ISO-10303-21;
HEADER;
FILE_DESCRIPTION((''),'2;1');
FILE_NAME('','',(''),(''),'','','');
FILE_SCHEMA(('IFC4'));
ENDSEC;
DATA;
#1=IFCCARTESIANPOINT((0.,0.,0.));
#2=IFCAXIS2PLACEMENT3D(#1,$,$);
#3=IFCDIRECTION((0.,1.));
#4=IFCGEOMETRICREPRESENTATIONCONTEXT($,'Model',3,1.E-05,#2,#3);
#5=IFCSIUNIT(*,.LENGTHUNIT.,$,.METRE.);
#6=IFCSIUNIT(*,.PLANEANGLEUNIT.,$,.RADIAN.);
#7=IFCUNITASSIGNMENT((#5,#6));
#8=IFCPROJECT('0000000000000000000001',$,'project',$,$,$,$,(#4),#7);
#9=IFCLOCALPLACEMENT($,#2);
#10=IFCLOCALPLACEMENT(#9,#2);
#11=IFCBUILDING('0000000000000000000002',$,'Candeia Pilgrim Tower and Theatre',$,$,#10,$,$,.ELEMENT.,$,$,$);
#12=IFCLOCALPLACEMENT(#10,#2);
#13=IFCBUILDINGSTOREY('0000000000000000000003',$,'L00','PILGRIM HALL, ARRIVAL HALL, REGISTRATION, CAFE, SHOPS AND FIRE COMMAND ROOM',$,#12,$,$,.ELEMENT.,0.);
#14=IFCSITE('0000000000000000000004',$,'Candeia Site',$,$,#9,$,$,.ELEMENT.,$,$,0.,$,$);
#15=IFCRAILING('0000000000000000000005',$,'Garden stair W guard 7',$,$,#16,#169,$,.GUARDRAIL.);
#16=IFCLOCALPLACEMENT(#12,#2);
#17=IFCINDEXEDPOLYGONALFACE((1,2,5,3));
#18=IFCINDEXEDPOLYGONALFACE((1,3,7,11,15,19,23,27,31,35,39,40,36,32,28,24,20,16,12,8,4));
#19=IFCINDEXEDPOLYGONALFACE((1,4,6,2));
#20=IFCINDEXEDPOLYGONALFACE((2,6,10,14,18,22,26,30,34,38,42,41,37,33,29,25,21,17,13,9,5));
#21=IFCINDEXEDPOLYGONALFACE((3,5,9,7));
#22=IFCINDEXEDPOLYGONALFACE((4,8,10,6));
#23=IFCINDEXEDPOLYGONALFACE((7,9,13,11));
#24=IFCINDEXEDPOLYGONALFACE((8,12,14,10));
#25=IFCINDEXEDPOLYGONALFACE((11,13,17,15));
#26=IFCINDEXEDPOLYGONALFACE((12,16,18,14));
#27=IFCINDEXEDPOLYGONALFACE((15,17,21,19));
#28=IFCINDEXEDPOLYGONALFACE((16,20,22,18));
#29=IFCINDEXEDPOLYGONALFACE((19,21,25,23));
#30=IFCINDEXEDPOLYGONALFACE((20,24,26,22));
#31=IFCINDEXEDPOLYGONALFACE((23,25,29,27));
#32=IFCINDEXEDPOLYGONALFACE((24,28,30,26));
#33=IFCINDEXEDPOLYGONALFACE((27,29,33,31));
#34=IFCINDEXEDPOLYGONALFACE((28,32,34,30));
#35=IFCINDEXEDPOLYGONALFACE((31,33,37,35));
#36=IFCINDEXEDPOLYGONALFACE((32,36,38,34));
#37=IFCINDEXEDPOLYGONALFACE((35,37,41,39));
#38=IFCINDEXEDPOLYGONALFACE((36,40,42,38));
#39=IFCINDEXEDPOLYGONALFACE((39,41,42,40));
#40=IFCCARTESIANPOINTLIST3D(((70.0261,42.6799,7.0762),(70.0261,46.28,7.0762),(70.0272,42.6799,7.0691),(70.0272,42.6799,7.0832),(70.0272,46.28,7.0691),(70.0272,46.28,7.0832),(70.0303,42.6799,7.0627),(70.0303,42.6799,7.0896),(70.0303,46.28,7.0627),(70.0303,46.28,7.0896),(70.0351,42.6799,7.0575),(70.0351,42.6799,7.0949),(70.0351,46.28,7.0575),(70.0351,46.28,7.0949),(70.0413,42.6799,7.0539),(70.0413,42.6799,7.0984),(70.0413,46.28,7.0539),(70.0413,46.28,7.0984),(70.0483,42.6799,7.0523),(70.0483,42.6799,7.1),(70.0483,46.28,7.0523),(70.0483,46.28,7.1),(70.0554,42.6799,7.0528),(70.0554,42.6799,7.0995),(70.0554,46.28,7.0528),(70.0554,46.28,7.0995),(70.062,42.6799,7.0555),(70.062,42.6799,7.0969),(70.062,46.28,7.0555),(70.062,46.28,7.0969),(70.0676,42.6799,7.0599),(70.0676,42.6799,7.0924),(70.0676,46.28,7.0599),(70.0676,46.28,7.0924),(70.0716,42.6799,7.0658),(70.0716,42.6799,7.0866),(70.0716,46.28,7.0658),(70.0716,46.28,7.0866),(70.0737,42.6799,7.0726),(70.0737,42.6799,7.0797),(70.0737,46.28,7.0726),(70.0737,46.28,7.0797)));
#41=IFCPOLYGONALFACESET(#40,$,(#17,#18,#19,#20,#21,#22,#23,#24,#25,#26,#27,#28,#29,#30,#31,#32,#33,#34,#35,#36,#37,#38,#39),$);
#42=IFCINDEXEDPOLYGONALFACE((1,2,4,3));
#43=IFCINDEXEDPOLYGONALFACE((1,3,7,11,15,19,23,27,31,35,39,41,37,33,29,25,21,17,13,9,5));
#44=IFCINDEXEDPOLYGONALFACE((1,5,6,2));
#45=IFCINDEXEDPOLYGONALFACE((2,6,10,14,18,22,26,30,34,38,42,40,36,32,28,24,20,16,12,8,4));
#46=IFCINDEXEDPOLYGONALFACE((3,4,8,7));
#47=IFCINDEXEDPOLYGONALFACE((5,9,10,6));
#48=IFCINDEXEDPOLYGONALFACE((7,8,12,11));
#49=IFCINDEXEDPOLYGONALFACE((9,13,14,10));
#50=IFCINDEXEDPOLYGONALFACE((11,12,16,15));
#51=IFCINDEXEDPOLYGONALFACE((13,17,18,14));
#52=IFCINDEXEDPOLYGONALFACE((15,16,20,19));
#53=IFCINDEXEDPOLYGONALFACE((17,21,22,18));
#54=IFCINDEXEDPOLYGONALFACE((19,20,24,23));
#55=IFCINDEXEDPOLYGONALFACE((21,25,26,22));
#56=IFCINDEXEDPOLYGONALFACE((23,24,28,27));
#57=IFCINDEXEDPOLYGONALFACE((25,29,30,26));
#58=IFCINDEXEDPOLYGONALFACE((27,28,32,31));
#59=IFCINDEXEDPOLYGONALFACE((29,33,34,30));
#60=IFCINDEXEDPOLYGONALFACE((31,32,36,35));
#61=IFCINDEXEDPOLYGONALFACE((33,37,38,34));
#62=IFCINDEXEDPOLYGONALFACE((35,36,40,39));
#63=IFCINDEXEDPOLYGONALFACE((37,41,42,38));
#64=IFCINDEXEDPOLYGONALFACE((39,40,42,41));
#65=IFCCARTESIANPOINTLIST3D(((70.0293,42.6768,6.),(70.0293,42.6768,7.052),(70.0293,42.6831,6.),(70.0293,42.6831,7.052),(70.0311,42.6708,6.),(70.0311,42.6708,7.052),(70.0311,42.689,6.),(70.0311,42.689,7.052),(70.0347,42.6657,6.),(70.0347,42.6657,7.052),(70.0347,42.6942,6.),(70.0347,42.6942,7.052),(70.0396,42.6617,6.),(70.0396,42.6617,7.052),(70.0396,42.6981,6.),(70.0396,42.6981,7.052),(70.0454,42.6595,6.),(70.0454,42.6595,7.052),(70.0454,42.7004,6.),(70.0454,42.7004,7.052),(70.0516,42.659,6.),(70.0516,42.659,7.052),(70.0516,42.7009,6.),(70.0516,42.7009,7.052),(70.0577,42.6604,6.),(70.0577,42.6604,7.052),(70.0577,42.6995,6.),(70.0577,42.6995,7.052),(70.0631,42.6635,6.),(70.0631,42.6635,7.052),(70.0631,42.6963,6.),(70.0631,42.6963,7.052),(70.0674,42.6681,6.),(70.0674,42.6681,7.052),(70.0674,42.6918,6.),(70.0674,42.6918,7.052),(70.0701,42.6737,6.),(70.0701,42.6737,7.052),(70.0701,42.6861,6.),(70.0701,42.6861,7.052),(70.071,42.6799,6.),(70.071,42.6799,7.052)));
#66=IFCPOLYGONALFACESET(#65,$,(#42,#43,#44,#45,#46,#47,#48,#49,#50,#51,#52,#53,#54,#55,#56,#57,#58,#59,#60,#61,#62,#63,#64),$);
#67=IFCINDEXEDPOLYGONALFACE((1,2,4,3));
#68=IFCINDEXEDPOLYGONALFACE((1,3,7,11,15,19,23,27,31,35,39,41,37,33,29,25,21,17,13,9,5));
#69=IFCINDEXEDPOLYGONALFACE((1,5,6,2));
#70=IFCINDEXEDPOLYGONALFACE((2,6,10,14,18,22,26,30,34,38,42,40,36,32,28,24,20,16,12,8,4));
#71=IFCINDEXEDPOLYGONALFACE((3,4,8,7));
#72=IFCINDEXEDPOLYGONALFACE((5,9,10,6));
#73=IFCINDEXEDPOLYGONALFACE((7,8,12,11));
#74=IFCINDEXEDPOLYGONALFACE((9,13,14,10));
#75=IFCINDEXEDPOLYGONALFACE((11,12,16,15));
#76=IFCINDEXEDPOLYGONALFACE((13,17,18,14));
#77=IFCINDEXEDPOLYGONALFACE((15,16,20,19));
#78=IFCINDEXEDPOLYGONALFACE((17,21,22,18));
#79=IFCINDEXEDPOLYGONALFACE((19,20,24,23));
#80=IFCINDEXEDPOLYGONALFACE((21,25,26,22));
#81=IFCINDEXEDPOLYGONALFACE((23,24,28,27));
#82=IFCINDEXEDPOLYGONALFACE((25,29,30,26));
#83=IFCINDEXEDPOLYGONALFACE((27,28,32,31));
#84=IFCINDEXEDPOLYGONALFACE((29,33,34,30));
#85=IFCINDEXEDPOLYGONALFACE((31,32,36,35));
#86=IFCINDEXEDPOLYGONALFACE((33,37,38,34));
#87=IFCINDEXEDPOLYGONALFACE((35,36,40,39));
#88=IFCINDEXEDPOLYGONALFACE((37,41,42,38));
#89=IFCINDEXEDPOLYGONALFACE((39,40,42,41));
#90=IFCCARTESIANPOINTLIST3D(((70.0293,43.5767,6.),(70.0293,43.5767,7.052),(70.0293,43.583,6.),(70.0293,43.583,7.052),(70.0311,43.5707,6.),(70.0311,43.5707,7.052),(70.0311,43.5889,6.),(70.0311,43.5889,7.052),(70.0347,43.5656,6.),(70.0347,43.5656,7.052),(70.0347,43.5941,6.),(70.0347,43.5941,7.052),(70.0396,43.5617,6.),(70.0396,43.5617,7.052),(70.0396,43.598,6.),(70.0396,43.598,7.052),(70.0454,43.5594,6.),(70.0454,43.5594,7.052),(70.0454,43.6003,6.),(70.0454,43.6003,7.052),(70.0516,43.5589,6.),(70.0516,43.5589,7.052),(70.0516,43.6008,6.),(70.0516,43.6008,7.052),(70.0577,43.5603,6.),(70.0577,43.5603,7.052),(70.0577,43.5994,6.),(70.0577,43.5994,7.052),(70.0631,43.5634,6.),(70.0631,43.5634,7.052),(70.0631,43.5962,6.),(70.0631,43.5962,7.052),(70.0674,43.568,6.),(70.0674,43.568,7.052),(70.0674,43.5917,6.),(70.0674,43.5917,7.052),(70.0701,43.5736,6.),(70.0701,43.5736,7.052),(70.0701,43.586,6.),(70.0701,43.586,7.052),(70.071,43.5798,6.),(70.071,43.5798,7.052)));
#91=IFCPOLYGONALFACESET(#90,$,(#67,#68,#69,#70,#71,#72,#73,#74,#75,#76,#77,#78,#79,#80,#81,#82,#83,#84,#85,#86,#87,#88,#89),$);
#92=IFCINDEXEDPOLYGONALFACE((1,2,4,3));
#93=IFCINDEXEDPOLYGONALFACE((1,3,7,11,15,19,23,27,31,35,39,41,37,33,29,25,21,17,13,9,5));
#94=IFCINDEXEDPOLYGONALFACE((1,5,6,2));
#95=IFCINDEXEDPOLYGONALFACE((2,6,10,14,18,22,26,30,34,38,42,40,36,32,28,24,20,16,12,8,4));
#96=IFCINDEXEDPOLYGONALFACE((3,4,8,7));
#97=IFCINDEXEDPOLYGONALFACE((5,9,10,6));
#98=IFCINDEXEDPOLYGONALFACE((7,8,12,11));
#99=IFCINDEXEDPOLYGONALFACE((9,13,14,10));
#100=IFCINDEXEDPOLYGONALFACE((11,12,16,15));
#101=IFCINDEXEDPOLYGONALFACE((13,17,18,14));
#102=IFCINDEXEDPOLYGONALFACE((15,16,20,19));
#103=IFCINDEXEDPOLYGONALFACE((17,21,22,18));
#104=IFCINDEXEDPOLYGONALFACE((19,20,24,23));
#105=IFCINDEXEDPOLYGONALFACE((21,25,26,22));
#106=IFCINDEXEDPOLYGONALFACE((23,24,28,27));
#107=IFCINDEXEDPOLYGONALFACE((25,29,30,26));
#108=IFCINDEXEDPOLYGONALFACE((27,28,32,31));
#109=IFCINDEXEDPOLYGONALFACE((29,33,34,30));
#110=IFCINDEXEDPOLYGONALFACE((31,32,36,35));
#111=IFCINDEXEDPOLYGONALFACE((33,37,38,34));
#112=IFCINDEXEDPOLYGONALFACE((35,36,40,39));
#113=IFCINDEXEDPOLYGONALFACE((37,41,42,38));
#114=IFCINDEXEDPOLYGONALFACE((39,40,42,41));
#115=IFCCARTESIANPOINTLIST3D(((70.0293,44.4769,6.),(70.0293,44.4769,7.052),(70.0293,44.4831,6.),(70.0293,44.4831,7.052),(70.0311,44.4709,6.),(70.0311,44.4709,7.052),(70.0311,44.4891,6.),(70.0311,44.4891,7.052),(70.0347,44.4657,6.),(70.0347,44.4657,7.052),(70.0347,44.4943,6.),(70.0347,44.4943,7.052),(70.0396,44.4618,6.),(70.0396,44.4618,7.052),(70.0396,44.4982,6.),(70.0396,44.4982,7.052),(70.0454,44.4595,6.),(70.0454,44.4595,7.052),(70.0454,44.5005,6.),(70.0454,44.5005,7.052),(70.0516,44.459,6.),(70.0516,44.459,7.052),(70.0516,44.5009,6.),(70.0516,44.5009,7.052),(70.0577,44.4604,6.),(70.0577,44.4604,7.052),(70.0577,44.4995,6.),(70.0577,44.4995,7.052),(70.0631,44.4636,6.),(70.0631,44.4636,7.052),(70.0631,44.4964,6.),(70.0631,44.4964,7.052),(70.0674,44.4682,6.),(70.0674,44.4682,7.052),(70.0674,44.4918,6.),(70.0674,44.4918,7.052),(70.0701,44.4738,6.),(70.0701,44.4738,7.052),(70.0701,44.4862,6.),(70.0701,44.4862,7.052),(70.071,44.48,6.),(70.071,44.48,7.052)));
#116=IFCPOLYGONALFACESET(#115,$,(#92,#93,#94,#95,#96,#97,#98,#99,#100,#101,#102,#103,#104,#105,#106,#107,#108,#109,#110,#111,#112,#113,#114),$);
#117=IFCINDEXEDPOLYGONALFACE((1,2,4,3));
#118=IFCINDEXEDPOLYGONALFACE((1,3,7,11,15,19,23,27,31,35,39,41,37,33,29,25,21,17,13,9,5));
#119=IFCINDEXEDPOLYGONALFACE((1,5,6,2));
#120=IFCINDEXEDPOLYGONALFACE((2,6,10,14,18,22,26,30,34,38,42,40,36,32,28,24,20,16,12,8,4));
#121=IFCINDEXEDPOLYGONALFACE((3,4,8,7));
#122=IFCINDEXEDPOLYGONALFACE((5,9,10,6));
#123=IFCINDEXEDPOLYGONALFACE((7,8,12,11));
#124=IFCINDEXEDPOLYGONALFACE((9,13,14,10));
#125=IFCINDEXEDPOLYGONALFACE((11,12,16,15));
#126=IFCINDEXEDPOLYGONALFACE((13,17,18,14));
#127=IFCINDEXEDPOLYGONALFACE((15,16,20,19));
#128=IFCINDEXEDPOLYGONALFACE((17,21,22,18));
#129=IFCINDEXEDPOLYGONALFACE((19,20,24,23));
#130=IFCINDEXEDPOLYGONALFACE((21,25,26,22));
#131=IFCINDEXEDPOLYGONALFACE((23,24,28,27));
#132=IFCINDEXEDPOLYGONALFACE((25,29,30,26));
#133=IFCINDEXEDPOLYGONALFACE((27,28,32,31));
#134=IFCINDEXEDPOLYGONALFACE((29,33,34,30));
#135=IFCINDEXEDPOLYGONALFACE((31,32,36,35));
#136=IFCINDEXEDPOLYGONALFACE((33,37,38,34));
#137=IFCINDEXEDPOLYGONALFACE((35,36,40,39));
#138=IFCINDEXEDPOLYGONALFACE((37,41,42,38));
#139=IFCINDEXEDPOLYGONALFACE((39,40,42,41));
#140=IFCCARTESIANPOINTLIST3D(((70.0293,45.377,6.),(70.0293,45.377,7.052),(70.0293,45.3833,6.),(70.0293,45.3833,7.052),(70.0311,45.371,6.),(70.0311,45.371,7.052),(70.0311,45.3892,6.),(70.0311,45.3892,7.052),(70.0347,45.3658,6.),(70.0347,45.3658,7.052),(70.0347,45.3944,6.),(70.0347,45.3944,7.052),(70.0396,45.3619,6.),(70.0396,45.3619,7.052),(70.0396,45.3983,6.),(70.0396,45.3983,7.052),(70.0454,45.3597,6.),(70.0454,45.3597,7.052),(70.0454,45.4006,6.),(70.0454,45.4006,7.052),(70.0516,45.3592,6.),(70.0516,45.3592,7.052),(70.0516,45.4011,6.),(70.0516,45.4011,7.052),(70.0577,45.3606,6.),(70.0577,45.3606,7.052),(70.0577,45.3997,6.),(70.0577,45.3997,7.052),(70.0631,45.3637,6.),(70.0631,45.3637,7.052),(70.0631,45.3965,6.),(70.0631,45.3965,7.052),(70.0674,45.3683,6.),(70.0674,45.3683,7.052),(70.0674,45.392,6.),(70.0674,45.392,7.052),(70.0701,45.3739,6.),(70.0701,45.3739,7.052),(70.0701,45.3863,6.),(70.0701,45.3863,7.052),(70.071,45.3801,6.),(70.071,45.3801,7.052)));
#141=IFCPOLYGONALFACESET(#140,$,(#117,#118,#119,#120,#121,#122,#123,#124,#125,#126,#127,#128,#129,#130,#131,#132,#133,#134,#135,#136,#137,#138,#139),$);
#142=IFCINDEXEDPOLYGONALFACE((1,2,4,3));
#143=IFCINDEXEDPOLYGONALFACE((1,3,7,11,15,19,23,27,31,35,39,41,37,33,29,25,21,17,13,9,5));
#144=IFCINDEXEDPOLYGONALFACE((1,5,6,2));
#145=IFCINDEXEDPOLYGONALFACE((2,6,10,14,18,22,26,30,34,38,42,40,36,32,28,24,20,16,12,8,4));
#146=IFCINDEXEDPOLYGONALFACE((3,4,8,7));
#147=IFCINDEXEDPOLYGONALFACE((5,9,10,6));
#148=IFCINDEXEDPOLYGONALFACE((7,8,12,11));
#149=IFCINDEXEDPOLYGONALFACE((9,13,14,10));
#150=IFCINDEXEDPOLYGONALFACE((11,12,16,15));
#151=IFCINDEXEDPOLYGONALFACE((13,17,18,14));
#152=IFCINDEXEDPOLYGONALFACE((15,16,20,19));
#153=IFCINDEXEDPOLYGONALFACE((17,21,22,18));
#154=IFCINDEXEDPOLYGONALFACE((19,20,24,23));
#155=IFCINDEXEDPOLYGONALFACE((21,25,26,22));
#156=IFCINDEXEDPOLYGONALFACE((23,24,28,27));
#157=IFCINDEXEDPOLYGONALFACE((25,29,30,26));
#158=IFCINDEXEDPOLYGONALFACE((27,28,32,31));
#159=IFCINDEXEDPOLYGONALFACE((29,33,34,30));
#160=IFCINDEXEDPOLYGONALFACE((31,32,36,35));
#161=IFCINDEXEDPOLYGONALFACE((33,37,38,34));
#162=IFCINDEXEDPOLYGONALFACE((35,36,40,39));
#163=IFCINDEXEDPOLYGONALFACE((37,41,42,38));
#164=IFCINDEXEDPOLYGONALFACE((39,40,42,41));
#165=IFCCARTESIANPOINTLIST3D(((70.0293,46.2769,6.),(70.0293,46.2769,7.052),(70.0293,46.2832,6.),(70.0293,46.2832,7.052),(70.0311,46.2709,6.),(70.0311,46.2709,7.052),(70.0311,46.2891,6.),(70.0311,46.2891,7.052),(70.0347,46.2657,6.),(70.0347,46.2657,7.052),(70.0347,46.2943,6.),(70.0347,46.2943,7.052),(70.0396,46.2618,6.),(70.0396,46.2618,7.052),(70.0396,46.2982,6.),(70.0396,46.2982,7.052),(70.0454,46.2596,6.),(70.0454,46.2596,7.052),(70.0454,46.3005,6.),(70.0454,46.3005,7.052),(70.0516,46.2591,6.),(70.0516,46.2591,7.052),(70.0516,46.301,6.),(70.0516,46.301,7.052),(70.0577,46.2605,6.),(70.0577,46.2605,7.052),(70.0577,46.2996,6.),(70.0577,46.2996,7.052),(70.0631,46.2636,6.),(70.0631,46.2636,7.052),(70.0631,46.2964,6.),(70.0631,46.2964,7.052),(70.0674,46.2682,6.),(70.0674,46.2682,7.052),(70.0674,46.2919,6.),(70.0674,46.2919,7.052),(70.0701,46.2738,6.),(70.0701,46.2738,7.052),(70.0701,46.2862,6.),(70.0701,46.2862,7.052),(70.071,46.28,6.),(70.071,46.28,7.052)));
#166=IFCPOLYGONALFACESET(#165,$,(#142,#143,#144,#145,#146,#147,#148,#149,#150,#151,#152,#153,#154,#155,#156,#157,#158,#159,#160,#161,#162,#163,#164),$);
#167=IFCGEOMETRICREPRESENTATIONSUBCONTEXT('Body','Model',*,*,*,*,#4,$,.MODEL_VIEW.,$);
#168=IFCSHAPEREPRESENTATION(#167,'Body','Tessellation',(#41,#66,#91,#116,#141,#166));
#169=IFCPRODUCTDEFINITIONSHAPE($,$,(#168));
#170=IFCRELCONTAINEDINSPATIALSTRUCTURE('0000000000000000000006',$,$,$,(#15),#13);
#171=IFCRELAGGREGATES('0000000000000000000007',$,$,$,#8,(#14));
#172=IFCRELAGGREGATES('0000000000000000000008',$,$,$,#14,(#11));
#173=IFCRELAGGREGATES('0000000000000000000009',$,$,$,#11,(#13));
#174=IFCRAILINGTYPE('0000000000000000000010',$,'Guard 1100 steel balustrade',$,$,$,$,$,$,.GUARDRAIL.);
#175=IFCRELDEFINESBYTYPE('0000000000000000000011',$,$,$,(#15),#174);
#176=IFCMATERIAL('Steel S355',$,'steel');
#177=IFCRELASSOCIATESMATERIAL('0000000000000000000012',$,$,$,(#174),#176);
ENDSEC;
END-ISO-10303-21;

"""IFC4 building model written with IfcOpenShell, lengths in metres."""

from ifc_helpers import new_model, si_unit, direction, frame, origin, origin_2d, place, context, subcontext, project, spatial, circle, extrude, material, type_object, element, save


model = new_model("IFC4")

# Units and contexts
model_context = context("Model", 3, precision=1e-05, world=origin(), true_north=direction((0.0, 1.0)))
body_context = subcontext(model_context, "Body", "Model", "MODEL_VIEW")
ifc_project = project(units=[si_unit("LENGTHUNIT", "METRE"), si_unit("PLANEANGLEUNIT", "RADIAN")], contexts=[model_context])

# Site, building, storey
site_placement = place(None, origin())
site = spatial("IfcSite", under=ifc_project, at=site_placement, Name="Candeia Site", CompositionType="ELEMENT", RefElevation=0.0)
building_placement = place(site_placement, origin())
building = spatial("IfcBuilding", under=site, at=building_placement, Name="Candeia Pilgrim Tower and Theatre", CompositionType="ELEMENT")
storey_placement = place(building_placement, origin())
storey = spatial("IfcBuildingStorey", under=building, at=storey_placement, Name="L00", Description="PILGRIM HALL, ARRIVAL HALL, REGISTRATION, CAFE, SHOPS AND FIRE COMMAND ROOM", CompositionType="ELEMENT", Elevation=0.0)

# Railing
ifc_material_1 = material(Name="Steel S355", Category="steel")
railing_type_1 = type_object("IfcRailingType", Name="Guard 1100 steel balustrade", PredefinedType="GUARDRAIL", material=ifc_material_1)
railing_1_placement = place(storey_placement, frame((70.05, 42.6799, 6.0)))
element("IfcRailing", 1, at=railing_1_placement, inside=storey, type_object=railing_type_1, Name="Garden stair W guard 7", PredefinedType="GUARDRAIL", context=body_context, shape_type="SweptSolid", body=[
    extrude(circle(Radius=0.0239, at=origin_2d()), frame((0.0, 0.0, 1.0762), z_axis=(0.0, 1.0, 0.0), x_axis=(-1.0, 0.0, 0.0)), (0.0, 0.0, 1.0), 3.6001),
    extrude(circle(Radius=0.021, at=origin_2d()), origin(), (0.0, 0.0, 1.0), 1.052),
    extrude(circle(Radius=0.021, at=origin_2d()), frame((0.0, 0.8999, 0.0)), (0.0, 0.0, 1.0), 1.052),
    extrude(circle(Radius=0.021, at=origin_2d()), frame((0.0, 1.8, 0.0)), (0.0, 0.0, 1.0), 1.052),
    extrude(circle(Radius=0.021, at=origin_2d()), frame((0.0, 2.7002, 0.0)), (0.0, 0.0, 1.0), 1.052),
    extrude(circle(Radius=0.021, at=origin_2d()), frame((0.0, 3.6001, 0.0)), (0.0, 0.0, 1.0), 1.052),
])

save(model, "model.ifc")
